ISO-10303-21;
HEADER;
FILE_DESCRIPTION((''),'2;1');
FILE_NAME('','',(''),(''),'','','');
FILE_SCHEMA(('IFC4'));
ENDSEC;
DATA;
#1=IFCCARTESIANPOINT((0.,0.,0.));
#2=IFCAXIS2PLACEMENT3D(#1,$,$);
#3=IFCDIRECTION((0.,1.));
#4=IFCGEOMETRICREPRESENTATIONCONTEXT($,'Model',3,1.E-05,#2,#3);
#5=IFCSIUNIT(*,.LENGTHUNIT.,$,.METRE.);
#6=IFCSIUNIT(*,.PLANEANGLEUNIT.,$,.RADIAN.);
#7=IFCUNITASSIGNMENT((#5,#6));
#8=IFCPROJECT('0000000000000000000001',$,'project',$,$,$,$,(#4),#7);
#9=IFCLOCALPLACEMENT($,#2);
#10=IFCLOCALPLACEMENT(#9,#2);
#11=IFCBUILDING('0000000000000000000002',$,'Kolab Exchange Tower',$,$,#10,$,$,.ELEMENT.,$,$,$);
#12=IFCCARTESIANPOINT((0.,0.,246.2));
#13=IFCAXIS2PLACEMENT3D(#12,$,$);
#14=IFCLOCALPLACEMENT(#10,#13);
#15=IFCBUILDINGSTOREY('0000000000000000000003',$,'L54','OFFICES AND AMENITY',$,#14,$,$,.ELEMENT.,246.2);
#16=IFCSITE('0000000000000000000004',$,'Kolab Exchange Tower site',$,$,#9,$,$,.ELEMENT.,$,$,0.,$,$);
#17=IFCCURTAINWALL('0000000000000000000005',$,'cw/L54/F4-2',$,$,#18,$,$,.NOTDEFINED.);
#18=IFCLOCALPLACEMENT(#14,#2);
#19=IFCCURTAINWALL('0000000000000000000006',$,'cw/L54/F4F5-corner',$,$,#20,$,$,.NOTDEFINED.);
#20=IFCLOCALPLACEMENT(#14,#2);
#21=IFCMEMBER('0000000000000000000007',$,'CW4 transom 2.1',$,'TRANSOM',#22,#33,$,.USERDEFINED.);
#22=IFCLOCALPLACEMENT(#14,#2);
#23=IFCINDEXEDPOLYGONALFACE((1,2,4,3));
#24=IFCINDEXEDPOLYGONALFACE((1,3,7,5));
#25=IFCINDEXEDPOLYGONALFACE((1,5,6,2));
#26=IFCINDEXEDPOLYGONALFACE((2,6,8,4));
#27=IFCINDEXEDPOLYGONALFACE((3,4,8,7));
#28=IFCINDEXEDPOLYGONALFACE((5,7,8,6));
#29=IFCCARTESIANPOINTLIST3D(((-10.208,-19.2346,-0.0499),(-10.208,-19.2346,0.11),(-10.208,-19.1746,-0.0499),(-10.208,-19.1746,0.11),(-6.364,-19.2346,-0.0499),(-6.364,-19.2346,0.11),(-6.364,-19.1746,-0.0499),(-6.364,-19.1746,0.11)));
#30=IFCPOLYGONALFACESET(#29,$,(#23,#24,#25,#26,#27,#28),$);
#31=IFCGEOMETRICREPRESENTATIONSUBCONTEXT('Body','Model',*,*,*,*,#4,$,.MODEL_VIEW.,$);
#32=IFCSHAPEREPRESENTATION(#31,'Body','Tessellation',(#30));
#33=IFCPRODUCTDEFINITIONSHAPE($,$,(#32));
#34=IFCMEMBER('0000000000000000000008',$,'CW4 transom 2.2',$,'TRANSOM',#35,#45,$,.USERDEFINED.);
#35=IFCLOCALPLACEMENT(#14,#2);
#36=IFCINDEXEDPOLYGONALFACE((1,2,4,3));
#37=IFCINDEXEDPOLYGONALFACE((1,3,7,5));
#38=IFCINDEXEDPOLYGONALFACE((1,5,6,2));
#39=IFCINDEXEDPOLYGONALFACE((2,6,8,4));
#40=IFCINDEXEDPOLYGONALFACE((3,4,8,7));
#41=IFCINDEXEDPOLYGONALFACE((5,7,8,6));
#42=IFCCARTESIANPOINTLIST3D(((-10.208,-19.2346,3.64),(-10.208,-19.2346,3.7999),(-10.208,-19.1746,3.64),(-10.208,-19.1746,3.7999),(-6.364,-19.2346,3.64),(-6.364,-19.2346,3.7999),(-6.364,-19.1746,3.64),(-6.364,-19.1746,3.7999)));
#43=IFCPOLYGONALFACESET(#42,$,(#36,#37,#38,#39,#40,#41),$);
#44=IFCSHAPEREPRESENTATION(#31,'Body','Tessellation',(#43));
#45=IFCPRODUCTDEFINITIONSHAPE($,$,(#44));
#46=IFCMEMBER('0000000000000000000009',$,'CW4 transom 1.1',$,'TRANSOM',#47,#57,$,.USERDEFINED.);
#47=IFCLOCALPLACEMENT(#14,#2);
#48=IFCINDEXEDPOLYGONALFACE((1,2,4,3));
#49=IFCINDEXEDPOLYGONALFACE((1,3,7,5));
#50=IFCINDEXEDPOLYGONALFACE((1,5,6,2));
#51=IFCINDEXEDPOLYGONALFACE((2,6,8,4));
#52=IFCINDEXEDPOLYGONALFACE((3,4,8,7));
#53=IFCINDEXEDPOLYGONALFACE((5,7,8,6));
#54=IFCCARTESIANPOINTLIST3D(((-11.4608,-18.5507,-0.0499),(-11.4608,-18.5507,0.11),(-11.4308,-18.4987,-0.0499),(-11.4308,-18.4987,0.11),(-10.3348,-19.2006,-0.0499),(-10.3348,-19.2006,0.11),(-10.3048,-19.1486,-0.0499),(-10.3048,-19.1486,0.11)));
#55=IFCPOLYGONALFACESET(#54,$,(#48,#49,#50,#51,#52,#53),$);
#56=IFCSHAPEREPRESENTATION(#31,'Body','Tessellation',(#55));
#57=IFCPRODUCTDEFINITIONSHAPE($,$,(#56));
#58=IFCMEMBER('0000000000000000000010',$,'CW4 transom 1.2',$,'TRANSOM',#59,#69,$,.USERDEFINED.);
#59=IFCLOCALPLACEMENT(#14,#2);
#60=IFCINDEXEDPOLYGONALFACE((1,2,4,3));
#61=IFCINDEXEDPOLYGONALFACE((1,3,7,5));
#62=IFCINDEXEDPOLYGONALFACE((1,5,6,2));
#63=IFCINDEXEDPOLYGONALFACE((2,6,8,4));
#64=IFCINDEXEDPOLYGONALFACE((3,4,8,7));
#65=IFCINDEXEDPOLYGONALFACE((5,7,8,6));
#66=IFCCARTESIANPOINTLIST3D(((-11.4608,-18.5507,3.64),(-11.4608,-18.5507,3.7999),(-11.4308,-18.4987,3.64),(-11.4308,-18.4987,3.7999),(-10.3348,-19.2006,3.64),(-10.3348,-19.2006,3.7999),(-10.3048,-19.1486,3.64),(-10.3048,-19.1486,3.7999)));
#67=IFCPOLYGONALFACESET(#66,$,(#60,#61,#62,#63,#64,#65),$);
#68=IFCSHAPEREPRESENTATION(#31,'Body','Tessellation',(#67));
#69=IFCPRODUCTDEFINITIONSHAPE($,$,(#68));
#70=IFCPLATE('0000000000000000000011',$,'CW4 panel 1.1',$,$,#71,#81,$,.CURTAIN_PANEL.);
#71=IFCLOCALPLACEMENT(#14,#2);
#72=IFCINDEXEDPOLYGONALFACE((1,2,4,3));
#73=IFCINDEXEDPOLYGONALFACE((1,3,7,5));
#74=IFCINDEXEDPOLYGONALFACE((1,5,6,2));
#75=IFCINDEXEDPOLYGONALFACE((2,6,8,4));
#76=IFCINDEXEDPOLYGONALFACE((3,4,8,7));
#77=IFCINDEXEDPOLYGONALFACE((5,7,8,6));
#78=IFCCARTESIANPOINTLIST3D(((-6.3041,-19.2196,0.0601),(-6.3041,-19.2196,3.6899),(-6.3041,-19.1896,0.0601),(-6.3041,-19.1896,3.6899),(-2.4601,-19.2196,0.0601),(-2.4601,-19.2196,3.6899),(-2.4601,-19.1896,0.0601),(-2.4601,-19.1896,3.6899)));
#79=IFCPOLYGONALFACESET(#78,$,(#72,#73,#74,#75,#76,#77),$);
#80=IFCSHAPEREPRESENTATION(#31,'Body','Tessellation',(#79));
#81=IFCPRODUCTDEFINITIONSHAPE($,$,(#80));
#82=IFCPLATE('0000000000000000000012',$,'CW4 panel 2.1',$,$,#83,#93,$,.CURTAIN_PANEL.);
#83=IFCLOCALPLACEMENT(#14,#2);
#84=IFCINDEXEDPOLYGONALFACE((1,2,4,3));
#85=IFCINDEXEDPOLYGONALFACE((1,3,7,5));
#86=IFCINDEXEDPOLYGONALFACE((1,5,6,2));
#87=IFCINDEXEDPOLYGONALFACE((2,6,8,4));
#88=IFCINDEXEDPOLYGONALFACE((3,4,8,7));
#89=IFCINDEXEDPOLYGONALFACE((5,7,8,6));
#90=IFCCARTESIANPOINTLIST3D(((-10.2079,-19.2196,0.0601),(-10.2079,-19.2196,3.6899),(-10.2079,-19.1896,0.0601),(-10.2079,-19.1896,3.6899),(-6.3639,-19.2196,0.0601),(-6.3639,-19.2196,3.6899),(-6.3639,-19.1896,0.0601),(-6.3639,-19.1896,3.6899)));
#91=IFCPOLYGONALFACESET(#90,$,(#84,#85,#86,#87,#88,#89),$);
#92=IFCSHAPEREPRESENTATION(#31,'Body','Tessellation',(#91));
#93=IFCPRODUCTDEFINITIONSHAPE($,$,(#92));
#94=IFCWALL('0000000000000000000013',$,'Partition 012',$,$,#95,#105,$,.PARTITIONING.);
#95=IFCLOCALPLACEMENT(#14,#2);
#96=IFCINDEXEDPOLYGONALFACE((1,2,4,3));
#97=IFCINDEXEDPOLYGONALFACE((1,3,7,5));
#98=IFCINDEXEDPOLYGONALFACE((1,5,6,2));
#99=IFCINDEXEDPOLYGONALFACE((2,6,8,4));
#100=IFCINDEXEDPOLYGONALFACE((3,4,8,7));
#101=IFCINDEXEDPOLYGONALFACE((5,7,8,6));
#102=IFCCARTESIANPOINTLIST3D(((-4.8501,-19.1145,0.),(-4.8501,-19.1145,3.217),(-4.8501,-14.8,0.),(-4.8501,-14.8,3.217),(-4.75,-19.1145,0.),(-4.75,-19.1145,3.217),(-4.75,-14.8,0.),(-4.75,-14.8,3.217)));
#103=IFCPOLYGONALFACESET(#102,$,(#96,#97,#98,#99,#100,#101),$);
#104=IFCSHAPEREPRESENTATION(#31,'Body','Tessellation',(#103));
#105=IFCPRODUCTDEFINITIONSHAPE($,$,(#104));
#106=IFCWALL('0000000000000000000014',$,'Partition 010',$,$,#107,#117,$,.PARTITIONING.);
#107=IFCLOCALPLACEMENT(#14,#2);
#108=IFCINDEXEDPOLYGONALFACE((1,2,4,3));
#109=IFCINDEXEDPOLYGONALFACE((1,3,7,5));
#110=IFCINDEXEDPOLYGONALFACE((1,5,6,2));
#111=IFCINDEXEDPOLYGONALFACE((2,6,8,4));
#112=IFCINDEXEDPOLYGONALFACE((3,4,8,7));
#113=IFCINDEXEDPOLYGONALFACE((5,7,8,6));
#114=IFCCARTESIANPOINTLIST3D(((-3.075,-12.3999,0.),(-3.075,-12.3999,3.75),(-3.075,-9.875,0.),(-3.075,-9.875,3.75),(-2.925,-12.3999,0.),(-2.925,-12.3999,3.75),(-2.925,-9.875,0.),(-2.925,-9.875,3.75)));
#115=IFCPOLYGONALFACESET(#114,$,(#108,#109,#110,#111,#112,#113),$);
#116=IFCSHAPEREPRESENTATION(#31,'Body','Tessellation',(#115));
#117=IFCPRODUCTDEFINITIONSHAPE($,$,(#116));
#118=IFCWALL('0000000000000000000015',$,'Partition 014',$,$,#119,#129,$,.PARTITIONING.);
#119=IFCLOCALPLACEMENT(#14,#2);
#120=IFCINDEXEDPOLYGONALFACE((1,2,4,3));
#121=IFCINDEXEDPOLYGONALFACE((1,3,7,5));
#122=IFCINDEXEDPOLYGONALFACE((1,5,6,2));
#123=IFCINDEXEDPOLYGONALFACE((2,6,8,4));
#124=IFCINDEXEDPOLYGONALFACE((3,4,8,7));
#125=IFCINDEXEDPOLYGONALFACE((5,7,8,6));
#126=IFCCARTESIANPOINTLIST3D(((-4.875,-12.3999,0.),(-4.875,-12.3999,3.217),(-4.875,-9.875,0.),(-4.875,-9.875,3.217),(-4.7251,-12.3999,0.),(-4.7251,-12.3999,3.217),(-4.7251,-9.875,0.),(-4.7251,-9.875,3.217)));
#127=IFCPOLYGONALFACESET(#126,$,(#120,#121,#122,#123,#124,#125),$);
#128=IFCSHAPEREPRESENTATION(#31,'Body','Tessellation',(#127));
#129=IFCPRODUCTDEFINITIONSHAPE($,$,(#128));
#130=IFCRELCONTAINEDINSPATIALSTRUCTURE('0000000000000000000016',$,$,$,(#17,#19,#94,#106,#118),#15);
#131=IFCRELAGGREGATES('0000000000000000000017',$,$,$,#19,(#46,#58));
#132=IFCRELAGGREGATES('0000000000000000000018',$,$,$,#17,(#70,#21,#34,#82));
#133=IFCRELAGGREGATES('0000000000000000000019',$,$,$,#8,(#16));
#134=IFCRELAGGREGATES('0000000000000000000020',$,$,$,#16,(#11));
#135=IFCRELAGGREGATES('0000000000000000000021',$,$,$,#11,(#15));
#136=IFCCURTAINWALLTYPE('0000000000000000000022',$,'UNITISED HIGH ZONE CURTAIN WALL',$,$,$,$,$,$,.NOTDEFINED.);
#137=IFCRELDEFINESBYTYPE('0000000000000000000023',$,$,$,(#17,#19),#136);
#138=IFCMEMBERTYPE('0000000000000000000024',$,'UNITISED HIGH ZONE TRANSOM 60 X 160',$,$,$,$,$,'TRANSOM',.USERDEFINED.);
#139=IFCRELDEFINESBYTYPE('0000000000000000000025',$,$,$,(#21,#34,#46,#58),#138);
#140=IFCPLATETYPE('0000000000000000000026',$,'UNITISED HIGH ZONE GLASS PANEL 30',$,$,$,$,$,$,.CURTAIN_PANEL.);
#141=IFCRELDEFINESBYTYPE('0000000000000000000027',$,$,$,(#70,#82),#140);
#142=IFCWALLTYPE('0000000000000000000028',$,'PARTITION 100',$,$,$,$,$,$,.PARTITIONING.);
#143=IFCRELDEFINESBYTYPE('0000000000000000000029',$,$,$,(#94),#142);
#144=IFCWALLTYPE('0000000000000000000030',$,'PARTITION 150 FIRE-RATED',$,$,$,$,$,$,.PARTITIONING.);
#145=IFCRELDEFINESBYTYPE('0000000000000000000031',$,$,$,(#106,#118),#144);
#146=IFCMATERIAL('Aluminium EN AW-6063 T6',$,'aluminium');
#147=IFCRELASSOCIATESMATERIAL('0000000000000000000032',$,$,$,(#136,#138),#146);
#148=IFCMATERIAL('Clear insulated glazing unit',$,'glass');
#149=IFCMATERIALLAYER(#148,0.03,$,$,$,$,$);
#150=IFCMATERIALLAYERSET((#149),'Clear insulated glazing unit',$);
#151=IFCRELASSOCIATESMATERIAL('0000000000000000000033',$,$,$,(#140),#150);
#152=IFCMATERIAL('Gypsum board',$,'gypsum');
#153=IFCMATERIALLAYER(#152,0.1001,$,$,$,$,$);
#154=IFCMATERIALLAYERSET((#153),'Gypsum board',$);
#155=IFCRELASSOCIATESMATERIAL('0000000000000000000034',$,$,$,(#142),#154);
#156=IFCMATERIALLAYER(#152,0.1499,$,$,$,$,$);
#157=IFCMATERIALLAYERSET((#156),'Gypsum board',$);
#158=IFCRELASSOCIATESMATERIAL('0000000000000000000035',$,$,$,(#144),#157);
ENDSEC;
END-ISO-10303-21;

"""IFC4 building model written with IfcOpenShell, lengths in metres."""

from ifc_helpers import new_model, si_unit, direction, frame, frame_2d, origin, origin_2d, place, context, subcontext, project, spatial, rectangle, extrude, material, layer, layer_set, material_profile, profile_set, type_object, element, aggregate, save


model = new_model("IFC4")

# Units and contexts
model_context = context("Model", 3, precision=1e-05, world=origin(), true_north=direction((0.0, 1.0)))
body_context = subcontext(model_context, "Body", "Model", "MODEL_VIEW")
ifc_project = project(units=[si_unit("LENGTHUNIT", "METRE"), si_unit("PLANEANGLEUNIT", "RADIAN")], contexts=[model_context])

# Site, building, storey
site_placement = place(None, origin())
site = spatial("IfcSite", under=ifc_project, at=site_placement, Name="Kolab Exchange Tower site", CompositionType="ELEMENT", RefElevation=0.0)
building_placement = place(site_placement, origin())
building = spatial("IfcBuilding", under=site, at=building_placement, Name="Kolab Exchange Tower", CompositionType="ELEMENT")
storey_placement = place(building_placement, frame((0.0, 0.0, 246.2)))
storey = spatial("IfcBuildingStorey", under=building, at=storey_placement, Name="L54", Description="OFFICES AND AMENITY", CompositionType="ELEMENT", Elevation=246.2)

# Curtain wall
ifc_material_1 = material(Name="Aluminium EN AW-6063 T6", Category="aluminium")
curtain_wall_type = type_object("IfcCurtainWallType", Name="UNITISED HIGH ZONE CURTAIN WALL", PredefinedType="NOTDEFINED", material=ifc_material_1)
curtain_wall_1_placement = place(storey_placement, origin())
curtain_wall_1 = element("IfcCurtainWall", 1, at=curtain_wall_1_placement, inside=storey, type_object=curtain_wall_type, Name="cw/L54/F4-2", PredefinedType="NOTDEFINED")

# Curtain wall
curtain_wall_2_placement = place(storey_placement, origin())
curtain_wall_2 = element("IfcCurtainWall", 2, at=curtain_wall_2_placement, inside=storey, type_object=curtain_wall_type, Name="cw/L54/F4F5-corner", PredefinedType="NOTDEFINED")

# Members
ifc_material_profile_1 = material_profile(ifc_material_1, rectangle(XDim=0.0601, YDim=0.1599, at=origin_2d()), Name="RECT 60X160")
ifc_profile_set_1 = profile_set([ifc_material_profile_1], Name="Aluminium EN AW-6063 T6")
member_type_1 = type_object("IfcMemberType", Name="UNITISED HIGH ZONE TRANSOM 60 X 160", ElementType="TRANSOM", PredefinedType="USERDEFINED", material=ifc_profile_set_1)
member_1_placement = place(storey_placement, frame((-6.364, -19.2046, 0.03), z_axis=(-1.0, 0.0, 0.0), x_axis=(0.0, -1.0, 0.0)))
member_1 = element("IfcMember", 3, at=member_1_placement, type_object=member_type_1, Name="CW4 transom 2.1", ObjectType="TRANSOM", PredefinedType="USERDEFINED", context=body_context, shape_type="SweptSolid", body=[
    extrude(rectangle(XDim=0.0601, YDim=0.1599, at=origin_2d()), origin(), (0.0, 0.0, 1.0), 3.844),
])
member_2_placement = place(storey_placement, frame((-6.364, -19.2046, 3.72), z_axis=(-1.0, 0.0, 0.0), x_axis=(0.0, -1.0, 0.0)))
member_2 = element("IfcMember", 4, at=member_2_placement, type_object=member_type_1, Name="CW4 transom 2.2", ObjectType="TRANSOM", PredefinedType="USERDEFINED", context=body_context, shape_type="SweptSolid", body=[
    extrude(rectangle(XDim=0.0601, YDim=0.1599, at=origin_2d()), origin(), (0.0, 0.0, 1.0), 3.844),
])
member_3_placement = place(storey_placement, frame((-10.3198, -19.1746, 0.03), z_axis=(-0.866086, 0.499896, 0.0), x_axis=(-0.499896, -0.866086, 0.0)))
member_3 = element("IfcMember", 5, at=member_3_placement, type_object=member_type_1, Name="CW4 transom 1.1", ObjectType="TRANSOM", PredefinedType="USERDEFINED", context=body_context, shape_type="SweptSolid", body=[
    extrude(rectangle(XDim=0.0601, YDim=0.1599, at=origin_2d()), origin(), (0.0, 0.0, 1.0), 1.3),
])
member_4_placement = place(storey_placement, frame((-10.3198, -19.1746, 3.72), z_axis=(-0.866086, 0.499896, 0.0), x_axis=(-0.499896, -0.866086, 0.0)))
member_4 = element("IfcMember", 6, at=member_4_placement, type_object=member_type_1, Name="CW4 transom 1.2", ObjectType="TRANSOM", PredefinedType="USERDEFINED", context=body_context, shape_type="SweptSolid", body=[
    extrude(rectangle(XDim=0.0601, YDim=0.1599, at=origin_2d()), origin(), (0.0, 0.0, 1.0), 1.3),
])
aggregate(curtain_wall_2, [member_3, member_4])

# Plates
ifc_material_2 = material(Name="Clear insulated glazing unit", Category="glass")
ifc_layer_1 = layer(ifc_material_2, 0.03)
ifc_layer_set_1 = layer_set([ifc_layer_1], Name="Clear insulated glazing unit")
plate_type = type_object("IfcPlateType", Name="UNITISED HIGH ZONE GLASS PANEL 30", PredefinedType="CURTAIN_PANEL", material=ifc_layer_set_1)
plate_1_placement = place(storey_placement, frame((-4.3821, -19.2046, 0.0601), z_axis=(0.0, 0.0, 1.0), x_axis=(-1.0, 0.0, 0.0)))
plate_1 = element("IfcPlate", 7, at=plate_1_placement, type_object=plate_type, Name="CW4 panel 1.1", PredefinedType="CURTAIN_PANEL", context=body_context, shape_type="SweptSolid", body=[
    extrude(rectangle(XDim=3.844, YDim=0.03, at=origin_2d()), origin(), (0.0, 0.0, 1.0), 3.6299),
])
plate_2_placement = place(storey_placement, frame((-8.2859, -19.2046, 0.0601), z_axis=(0.0, 0.0, 1.0), x_axis=(-1.0, 0.0, 0.0)))
plate_2 = element("IfcPlate", 8, at=plate_2_placement, type_object=plate_type, Name="CW4 panel 2.1", PredefinedType="CURTAIN_PANEL", context=body_context, shape_type="SweptSolid", body=[
    extrude(rectangle(XDim=3.844, YDim=0.03, at=origin_2d()), origin(), (0.0, 0.0, 1.0), 3.6299),
])
aggregate(curtain_wall_1, [plate_1, member_1, member_2, plate_2])

# Walls
ifc_material_3 = material(Name="Gypsum board", Category="gypsum")
ifc_layer_2 = layer(ifc_material_3, 0.1001)
ifc_layer_set_2 = layer_set([ifc_layer_2], Name="Gypsum board")
wall_type_1 = type_object("IfcWallType", Name="PARTITION 100", PredefinedType="PARTITIONING", material=ifc_layer_set_2)
wall_1_placement = place(storey_placement, frame((-4.8, -19.1145, 0.0), z_axis=(0.0, 0.0, 1.0), x_axis=(0.0, 1.0, 0.0)))
element("IfcWall", 9, at=wall_1_placement, inside=storey, type_object=wall_type_1, Name="Partition 012", PredefinedType="PARTITIONING", context=body_context, shape_type="SweptSolid", body=[
    extrude(rectangle(XDim=4.3145, YDim=0.1001, at=frame_2d((2.1572, 0.0))), origin(), (0.0, 0.0, 1.0), 3.217),
])
ifc_layer_3 = layer(ifc_material_3, 0.1499)
ifc_layer_set_3 = layer_set([ifc_layer_3], Name="Gypsum board")
wall_type_2 = type_object("IfcWallType", Name="PARTITION 150 FIRE-RATED", PredefinedType="PARTITIONING", material=ifc_layer_set_3)
wall_2_placement = place(storey_placement, frame((-3.0, -12.3999, 0.0), z_axis=(0.0, 0.0, 1.0), x_axis=(0.0, 1.0, 0.0)))
element("IfcWall", 10, at=wall_2_placement, inside=storey, type_object=wall_type_2, Name="Partition 010", PredefinedType="PARTITIONING", context=body_context, shape_type="SweptSolid", body=[
    extrude(rectangle(XDim=2.5249, YDim=0.1499, at=frame_2d((1.2625, 0.0))), origin(), (0.0, 0.0, 1.0), 3.75),
])
wall_3_placement = place(storey_placement, frame((-4.8, -12.3999, 0.0), z_axis=(0.0, 0.0, 1.0), x_axis=(0.0, 1.0, 0.0)))
element("IfcWall", 11, at=wall_3_placement, inside=storey, type_object=wall_type_2, Name="Partition 014", PredefinedType="PARTITIONING", context=body_context, shape_type="SweptSolid", body=[
    extrude(rectangle(XDim=2.5249, YDim=0.1499, at=frame_2d((1.2625, 0.0))), origin(), (0.0, 0.0, 1.0), 3.217),
])

save(model, "model.ifc")
